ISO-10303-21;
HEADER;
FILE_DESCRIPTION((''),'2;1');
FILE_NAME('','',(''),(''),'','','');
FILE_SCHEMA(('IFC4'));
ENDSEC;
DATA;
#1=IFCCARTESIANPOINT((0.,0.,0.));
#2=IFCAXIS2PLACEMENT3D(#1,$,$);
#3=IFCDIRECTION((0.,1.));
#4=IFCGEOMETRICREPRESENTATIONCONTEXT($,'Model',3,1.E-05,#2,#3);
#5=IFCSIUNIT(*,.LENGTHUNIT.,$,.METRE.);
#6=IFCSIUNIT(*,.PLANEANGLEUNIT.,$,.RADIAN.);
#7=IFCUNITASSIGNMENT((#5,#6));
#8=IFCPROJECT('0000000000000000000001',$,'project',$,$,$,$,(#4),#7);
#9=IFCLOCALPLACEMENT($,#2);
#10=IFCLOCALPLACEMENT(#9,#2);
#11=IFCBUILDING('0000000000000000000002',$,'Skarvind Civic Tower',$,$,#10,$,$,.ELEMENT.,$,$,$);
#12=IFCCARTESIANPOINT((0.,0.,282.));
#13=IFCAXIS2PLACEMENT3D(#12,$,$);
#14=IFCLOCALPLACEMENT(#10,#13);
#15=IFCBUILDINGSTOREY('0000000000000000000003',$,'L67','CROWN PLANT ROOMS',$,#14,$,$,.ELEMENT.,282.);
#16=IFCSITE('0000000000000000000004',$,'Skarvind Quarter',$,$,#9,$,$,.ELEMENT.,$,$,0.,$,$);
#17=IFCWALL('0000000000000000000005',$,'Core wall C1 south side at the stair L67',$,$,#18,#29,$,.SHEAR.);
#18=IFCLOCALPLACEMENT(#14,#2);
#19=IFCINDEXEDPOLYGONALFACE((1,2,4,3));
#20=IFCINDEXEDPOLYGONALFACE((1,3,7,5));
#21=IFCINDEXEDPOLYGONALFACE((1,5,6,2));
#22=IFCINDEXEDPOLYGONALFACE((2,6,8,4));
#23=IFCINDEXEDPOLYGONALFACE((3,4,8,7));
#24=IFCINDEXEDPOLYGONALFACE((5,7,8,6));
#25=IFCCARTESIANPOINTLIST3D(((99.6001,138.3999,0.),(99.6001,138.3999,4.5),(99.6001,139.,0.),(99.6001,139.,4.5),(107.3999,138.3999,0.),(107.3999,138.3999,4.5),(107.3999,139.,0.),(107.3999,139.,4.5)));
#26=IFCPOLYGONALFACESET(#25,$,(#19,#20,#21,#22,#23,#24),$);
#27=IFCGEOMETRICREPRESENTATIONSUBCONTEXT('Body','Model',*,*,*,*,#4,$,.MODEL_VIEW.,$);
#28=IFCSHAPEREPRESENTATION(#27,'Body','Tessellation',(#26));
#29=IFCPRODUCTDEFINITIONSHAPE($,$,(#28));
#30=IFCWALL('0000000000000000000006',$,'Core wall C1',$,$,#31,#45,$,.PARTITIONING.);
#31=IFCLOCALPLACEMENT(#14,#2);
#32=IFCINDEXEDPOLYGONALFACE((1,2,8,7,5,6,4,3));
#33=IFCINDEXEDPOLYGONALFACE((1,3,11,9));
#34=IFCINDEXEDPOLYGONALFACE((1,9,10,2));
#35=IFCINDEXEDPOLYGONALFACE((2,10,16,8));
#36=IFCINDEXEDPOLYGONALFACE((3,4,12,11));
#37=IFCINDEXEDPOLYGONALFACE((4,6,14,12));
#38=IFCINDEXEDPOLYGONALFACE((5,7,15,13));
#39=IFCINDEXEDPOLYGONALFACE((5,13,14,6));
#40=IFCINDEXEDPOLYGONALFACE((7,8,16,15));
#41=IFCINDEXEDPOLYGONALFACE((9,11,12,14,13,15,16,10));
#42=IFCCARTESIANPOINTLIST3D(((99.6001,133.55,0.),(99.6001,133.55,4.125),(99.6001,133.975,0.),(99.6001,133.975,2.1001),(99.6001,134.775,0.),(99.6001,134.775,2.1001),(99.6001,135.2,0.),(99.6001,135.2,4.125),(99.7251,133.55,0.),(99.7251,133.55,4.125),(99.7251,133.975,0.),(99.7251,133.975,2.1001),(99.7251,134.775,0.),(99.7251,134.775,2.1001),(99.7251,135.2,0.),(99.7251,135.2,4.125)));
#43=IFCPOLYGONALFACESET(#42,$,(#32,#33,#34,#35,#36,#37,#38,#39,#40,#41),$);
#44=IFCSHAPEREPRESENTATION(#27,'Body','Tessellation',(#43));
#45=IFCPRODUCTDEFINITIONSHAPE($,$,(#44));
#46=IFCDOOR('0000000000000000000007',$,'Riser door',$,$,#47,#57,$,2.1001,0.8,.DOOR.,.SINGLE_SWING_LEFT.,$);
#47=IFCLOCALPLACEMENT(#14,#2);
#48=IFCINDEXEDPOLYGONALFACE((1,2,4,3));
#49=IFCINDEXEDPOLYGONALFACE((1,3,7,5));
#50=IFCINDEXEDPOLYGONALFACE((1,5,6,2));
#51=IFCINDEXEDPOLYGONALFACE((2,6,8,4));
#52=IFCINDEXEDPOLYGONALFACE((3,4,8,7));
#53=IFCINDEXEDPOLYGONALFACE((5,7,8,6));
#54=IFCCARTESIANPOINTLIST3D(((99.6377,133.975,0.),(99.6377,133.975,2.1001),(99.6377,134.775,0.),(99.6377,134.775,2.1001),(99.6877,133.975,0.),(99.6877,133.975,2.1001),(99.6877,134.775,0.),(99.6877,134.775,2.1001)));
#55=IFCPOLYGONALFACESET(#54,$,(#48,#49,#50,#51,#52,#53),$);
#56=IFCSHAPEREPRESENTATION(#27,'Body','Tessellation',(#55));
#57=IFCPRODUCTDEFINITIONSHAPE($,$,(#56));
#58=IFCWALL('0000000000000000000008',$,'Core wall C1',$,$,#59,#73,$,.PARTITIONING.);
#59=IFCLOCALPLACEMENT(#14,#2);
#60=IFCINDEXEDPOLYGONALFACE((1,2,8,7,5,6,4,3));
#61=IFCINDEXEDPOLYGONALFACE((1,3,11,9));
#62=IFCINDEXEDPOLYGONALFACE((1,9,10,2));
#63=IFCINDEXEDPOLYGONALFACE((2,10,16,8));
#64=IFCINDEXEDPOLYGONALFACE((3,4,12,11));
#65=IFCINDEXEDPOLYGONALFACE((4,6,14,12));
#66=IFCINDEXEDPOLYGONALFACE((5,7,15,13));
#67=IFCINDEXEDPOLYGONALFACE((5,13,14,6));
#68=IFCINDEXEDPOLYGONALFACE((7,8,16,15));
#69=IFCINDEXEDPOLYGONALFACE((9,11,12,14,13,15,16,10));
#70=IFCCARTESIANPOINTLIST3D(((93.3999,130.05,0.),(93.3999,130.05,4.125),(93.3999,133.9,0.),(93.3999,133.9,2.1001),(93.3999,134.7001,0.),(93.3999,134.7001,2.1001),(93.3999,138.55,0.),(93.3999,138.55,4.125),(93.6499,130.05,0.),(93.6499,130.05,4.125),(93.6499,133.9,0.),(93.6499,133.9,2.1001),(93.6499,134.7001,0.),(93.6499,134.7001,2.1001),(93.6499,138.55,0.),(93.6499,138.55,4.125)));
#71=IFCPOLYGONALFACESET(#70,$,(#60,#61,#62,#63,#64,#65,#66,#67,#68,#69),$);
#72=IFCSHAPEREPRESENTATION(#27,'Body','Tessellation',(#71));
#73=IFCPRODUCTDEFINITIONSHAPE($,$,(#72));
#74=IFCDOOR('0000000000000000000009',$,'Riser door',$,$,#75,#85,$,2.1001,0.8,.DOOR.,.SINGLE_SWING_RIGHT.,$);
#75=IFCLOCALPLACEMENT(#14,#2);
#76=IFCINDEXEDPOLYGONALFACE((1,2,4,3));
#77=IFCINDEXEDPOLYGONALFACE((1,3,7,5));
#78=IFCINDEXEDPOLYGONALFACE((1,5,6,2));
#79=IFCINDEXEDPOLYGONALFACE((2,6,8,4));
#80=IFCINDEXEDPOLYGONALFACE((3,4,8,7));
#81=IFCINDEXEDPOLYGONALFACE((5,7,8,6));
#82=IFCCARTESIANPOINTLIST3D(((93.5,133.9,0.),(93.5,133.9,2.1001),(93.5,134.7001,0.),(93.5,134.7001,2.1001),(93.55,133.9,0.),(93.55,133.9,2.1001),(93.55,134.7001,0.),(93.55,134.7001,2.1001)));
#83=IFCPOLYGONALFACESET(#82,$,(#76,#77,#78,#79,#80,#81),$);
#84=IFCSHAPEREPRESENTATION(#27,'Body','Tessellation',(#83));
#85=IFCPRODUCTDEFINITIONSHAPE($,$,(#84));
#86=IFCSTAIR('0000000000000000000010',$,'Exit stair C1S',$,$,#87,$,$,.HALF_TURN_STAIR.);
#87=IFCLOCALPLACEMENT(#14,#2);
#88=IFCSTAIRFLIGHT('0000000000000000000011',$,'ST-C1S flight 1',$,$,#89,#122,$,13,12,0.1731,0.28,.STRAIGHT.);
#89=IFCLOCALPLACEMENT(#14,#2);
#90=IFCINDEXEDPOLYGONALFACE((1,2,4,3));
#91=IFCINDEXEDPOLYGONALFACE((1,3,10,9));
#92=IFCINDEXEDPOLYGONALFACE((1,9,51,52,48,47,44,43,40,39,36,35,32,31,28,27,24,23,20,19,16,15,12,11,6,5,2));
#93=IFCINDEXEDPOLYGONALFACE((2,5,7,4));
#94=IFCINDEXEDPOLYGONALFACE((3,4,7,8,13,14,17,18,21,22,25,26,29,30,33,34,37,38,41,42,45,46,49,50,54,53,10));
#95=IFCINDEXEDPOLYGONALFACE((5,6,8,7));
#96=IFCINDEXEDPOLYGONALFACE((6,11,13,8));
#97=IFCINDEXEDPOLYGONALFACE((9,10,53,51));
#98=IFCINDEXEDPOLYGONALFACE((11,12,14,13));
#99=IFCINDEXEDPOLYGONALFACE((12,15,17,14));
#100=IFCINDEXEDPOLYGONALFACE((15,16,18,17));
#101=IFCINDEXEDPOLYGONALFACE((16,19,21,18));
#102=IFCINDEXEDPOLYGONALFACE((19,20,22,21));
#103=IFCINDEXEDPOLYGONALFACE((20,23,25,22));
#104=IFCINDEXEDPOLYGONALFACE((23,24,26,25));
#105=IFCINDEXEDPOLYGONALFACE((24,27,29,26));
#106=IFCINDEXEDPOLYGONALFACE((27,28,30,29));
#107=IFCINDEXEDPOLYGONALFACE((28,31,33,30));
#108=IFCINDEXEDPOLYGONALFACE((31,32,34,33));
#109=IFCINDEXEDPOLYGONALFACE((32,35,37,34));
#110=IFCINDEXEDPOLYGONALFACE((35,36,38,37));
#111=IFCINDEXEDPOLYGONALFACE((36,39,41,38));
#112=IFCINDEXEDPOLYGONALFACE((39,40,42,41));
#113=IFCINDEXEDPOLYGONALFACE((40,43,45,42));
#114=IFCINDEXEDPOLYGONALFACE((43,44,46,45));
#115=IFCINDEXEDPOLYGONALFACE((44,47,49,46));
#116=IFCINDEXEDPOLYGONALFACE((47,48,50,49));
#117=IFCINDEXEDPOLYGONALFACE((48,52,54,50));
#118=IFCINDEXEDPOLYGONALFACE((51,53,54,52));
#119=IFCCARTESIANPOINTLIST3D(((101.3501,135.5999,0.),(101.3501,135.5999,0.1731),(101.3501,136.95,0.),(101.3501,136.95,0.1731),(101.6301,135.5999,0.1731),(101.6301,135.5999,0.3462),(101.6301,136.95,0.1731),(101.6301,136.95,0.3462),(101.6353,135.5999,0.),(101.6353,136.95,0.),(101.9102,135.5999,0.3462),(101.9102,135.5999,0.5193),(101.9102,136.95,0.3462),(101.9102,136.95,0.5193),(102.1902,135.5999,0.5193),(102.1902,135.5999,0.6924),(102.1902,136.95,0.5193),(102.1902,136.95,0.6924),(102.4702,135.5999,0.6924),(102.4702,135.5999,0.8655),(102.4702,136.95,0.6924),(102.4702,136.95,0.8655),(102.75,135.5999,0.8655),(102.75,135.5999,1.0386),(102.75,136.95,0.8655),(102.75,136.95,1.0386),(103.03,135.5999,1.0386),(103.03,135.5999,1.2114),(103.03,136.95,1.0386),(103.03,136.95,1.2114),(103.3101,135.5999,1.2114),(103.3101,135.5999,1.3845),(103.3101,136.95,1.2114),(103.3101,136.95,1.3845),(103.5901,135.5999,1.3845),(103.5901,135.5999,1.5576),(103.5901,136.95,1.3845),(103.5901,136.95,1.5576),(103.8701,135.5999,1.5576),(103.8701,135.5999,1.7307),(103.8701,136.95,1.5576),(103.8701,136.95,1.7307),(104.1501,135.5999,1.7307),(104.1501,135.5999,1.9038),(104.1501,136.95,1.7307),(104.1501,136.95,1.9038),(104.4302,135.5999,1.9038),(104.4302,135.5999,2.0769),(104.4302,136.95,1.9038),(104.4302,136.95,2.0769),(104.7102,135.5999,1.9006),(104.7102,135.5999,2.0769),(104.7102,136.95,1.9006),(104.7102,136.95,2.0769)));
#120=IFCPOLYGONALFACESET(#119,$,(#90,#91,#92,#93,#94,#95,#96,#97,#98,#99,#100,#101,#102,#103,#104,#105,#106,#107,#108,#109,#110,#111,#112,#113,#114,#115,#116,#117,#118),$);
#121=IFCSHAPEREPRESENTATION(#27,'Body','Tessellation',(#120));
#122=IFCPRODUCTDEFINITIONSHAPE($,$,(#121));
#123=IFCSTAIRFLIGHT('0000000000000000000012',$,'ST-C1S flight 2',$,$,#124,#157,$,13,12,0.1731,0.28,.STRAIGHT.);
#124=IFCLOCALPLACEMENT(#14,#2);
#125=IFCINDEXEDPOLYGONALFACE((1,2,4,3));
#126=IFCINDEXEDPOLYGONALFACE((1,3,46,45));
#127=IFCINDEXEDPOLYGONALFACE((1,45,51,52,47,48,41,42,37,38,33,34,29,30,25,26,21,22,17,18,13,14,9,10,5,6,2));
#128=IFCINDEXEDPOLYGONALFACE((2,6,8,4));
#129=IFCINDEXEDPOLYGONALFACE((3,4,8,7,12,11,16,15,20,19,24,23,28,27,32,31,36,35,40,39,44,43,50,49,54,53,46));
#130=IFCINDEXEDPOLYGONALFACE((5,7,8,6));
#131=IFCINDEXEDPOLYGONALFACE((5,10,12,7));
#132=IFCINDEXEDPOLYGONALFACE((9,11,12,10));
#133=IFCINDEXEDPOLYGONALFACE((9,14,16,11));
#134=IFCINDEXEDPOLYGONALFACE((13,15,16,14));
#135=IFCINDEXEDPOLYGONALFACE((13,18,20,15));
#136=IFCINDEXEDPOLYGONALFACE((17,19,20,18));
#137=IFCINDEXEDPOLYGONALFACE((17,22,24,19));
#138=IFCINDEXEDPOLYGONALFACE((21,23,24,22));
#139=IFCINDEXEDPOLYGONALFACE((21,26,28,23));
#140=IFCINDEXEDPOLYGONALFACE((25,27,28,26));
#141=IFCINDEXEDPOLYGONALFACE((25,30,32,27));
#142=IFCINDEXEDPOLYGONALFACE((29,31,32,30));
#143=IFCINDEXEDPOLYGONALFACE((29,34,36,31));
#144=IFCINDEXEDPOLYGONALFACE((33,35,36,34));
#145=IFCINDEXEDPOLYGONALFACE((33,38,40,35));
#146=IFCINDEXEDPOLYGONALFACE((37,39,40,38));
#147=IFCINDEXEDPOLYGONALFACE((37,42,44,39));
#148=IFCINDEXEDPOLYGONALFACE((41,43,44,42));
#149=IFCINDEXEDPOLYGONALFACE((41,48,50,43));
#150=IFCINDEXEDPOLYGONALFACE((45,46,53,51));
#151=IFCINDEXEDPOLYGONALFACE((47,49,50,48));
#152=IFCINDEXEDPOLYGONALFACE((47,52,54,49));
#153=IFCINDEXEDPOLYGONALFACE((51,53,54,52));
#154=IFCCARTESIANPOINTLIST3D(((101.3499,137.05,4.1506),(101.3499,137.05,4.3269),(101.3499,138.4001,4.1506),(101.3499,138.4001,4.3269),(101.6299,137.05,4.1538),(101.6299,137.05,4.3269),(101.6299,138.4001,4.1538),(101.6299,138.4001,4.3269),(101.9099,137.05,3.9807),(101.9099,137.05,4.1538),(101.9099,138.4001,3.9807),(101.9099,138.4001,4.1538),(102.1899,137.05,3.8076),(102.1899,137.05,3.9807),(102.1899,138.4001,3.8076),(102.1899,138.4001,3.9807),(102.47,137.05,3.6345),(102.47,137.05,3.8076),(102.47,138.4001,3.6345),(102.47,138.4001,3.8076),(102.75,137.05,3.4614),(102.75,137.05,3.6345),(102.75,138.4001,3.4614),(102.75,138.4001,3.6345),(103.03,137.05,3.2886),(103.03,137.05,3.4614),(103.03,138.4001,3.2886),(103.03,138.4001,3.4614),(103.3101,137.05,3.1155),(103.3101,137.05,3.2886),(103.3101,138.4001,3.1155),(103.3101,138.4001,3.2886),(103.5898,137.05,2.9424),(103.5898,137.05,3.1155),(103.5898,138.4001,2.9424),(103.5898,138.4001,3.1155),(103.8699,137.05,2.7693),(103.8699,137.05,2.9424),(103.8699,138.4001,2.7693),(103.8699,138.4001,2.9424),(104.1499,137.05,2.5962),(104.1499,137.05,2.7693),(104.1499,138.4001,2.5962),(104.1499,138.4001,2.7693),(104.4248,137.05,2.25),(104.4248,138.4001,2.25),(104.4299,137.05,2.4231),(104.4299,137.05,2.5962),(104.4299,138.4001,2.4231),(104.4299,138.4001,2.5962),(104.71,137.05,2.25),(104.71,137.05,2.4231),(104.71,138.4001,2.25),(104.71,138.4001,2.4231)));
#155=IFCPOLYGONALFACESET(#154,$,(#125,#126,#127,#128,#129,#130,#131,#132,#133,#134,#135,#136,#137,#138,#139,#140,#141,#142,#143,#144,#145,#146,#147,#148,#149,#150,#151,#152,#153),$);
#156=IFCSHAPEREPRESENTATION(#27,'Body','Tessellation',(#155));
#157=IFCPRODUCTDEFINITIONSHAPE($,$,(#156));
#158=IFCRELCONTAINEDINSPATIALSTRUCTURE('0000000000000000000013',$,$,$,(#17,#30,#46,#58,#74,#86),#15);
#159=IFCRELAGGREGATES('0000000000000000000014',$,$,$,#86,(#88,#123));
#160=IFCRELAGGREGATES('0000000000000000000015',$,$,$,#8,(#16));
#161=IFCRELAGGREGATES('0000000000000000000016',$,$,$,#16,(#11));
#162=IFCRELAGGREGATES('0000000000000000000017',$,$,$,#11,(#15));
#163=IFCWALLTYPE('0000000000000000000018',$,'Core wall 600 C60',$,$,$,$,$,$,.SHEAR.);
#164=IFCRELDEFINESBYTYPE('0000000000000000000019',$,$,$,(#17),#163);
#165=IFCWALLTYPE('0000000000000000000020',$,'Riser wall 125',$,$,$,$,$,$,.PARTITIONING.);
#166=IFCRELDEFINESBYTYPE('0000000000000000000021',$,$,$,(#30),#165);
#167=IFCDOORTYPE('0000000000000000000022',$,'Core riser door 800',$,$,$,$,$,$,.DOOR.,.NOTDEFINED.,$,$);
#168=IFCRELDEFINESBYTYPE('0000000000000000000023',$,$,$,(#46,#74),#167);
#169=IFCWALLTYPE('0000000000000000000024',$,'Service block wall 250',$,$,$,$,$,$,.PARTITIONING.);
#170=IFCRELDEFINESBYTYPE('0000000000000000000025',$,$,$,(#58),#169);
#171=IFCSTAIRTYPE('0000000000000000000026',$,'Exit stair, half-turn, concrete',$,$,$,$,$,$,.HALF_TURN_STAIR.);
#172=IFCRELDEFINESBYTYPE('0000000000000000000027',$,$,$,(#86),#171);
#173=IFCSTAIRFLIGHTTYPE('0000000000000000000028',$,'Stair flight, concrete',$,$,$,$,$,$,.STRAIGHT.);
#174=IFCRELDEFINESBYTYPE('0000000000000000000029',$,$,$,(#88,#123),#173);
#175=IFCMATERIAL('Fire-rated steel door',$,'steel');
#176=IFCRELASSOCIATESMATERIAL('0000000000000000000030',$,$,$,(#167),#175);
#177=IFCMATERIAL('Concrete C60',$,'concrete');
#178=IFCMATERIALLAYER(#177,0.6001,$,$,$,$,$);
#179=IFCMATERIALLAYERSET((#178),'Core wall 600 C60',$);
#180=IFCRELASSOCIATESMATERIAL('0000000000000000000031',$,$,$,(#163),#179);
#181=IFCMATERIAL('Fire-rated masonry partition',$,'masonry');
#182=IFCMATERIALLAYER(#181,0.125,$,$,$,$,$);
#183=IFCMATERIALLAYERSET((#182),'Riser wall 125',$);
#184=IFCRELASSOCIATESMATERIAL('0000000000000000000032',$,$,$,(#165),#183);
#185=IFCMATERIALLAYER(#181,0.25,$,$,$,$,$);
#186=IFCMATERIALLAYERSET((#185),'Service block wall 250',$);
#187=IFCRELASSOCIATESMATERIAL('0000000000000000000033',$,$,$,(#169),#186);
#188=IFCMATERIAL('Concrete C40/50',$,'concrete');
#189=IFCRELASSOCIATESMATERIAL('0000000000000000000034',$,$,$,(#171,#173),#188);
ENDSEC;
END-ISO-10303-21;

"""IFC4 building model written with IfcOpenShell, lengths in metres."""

from ifc_helpers import new_model, si_unit, direction, frame, frame_2d, origin, place, context, subcontext, project, spatial, polyline, rectangle, outline, extrude, material, layer, layer_set, type_object, element, fill, aggregate, save


model = new_model("IFC4")

# Units and contexts
model_context = context("Model", 3, precision=1e-05, world=origin(), true_north=direction((0.0, 1.0)))
body_context = subcontext(model_context, "Body", "Model", "MODEL_VIEW")
ifc_project = project(units=[si_unit("LENGTHUNIT", "METRE"), si_unit("PLANEANGLEUNIT", "RADIAN")], contexts=[model_context])

# Site, building, storey
site_placement = place(None, origin())
site = spatial("IfcSite", under=ifc_project, at=site_placement, Name="Skarvind Quarter", CompositionType="ELEMENT", RefElevation=0.0)
building_placement = place(site_placement, origin())
building = spatial("IfcBuilding", under=site, at=building_placement, Name="Skarvind Civic Tower", CompositionType="ELEMENT")
storey_placement = place(building_placement, frame((0.0, 0.0, 282.0)))
storey = spatial("IfcBuildingStorey", under=building, at=storey_placement, Name="L67", Description="CROWN PLANT ROOMS", CompositionType="ELEMENT", Elevation=282.0)

# Shared definitions
ifc_material_1 = material(Name="Concrete C60", Category="concrete")

# Shared definitions
ifc_material_2 = material(Name="Fire-rated masonry partition", Category="masonry")
ifc_material_3 = material(Name="Fire-rated steel door", Category="steel")

# Shared definitions
door_type_1 = type_object("IfcDoorType", Name="Core riser door 800", OperationType="NOTDEFINED", PredefinedType="DOOR", material=ifc_material_3)

# Wall
ifc_layer_1 = layer(ifc_material_1, 0.6001)
ifc_layer_set_1 = layer_set([ifc_layer_1], Name="Core wall 600 C60")
wall_type_1 = type_object("IfcWallType", Name="Core wall 600 C60", PredefinedType="SHEAR", material=ifc_layer_set_1)
wall_1_placement = place(storey_placement, frame((107.3999, 138.7, 0.0), z_axis=(0.0, 0.0, 1.0), x_axis=(-1.0, 0.0, 0.0)))
element("IfcWall", 1, at=wall_1_placement, inside=storey, type_object=wall_type_1, Name="Core wall C1 south side at the stair L67", PredefinedType="SHEAR", context=body_context, shape_type="SweptSolid", body=[
    extrude(rectangle(XDim=7.7998, YDim=0.6001, at=frame_2d((3.8999, 0.0))), origin(), (0.0, 0.0, 1.0), 4.5),
])

# Walls, openings, doors
ifc_layer_2 = layer(ifc_material_2, 0.125)
ifc_layer_set_2 = layer_set([ifc_layer_2], Name="Riser wall 125")
wall_type_2 = type_object("IfcWallType", Name="Riser wall 125", PredefinedType="PARTITIONING", material=ifc_layer_set_2)
wall_2_placement = place(storey_placement, frame((99.6626, 133.55, 0.0), z_axis=(0.0, 0.0, 1.0), x_axis=(0.0, 1.0, 0.0)))
wall_2 = element("IfcWall", 2, at=wall_2_placement, inside=storey, type_object=wall_type_2, Name="Core wall C1", PredefinedType="PARTITIONING", context=body_context, shape_type="SweptSolid", body=[
    extrude(rectangle(XDim=1.6499, YDim=0.125, at=frame_2d((0.825, 0.0))), origin(), (0.0, 0.0, 1.0), 4.125),
])
opening_1_placement = place(wall_2_placement, frame((0.425, 0.0, 0.0)))
opening_1 = element("IfcOpeningElement", 3, at=opening_1_placement, cuts=wall_2, PredefinedType="OPENING", context=body_context, shape_type="SweptSolid", body=[
    extrude(rectangle(XDim=0.8, YDim=2.1001, at=frame_2d((0.3999, 1.05))), frame((0.0, 0.0725, 0.0), z_axis=(0.0, -1.0, 0.0), x_axis=(1.0, 0.0, 0.0)), (0.0, 0.0, 1.0), 0.145),
])
door_1_placement = place(opening_1_placement, origin())
door_1 = element("IfcDoor", 4, at=door_1_placement, inside=storey, type_object=door_type_1, Name="Riser door", OperationType="SINGLE_SWING_LEFT", OverallHeight=2.1001, OverallWidth=0.8, PredefinedType="DOOR", context=body_context, shape_type="SweptSolid", body=[
    extrude(rectangle(XDim=0.8, YDim=2.1001, at=frame_2d((0.3999, 1.05))), frame((0.0, 0.0249, 0.0), z_axis=(0.0, -1.0, 0.0), x_axis=(1.0, 0.0, 0.0)), (0.0, 0.0, 1.0), 0.05),
])
fill(opening_1, door_1)
ifc_layer_3 = layer(ifc_material_2, 0.25)
ifc_layer_set_3 = layer_set([ifc_layer_3], Name="Service block wall 250")
wall_type_3 = type_object("IfcWallType", Name="Service block wall 250", PredefinedType="PARTITIONING", material=ifc_layer_set_3)
wall_3_placement = place(storey_placement, frame((93.5249, 130.05, 0.0), z_axis=(0.0, 0.0, 1.0), x_axis=(0.0, 1.0, 0.0)))
wall_3 = element("IfcWall", 5, at=wall_3_placement, inside=storey, type_object=wall_type_3, Name="Core wall C1", PredefinedType="PARTITIONING", context=body_context, shape_type="SweptSolid", body=[
    extrude(rectangle(XDim=8.5, YDim=0.25, at=frame_2d((4.25, 0.0))), origin(), (0.0, 0.0, 1.0), 4.125),
])
opening_2_placement = place(wall_3_placement, frame((3.8501, 0.0, 0.0)))
opening_2 = element("IfcOpeningElement", 6, at=opening_2_placement, cuts=wall_3, PredefinedType="OPENING", context=body_context, shape_type="SweptSolid", body=[
    extrude(rectangle(XDim=0.8, YDim=2.1001, at=frame_2d((0.3999, 1.05))), frame((0.0, 0.135, 0.0), z_axis=(0.0, -1.0, 0.0), x_axis=(1.0, 0.0, 0.0)), (0.0, 0.0, 1.0), 0.27),
])
door_2_placement = place(opening_2_placement, origin())
door_2 = element("IfcDoor", 7, at=door_2_placement, inside=storey, type_object=door_type_1, Name="Riser door", OperationType="SINGLE_SWING_RIGHT", OverallHeight=2.1001, OverallWidth=0.8, PredefinedType="DOOR", context=body_context, shape_type="SweptSolid", body=[
    extrude(rectangle(XDim=0.8, YDim=2.1001, at=frame_2d((0.3999, 1.05))), frame((0.0, 0.0249, 0.0), z_axis=(0.0, -1.0, 0.0), x_axis=(1.0, 0.0, 0.0)), (0.0, 0.0, 1.0), 0.05),
])
fill(opening_2, door_2)

# Stair, stair flights
ifc_material_4 = material(Name="Concrete C40/50", Category="concrete")
stair_type = type_object("IfcStairType", Name="Exit stair, half-turn, concrete", PredefinedType="HALF_TURN_STAIR", material=ifc_material_4)
stair_placement = place(storey_placement, origin())
stair = element("IfcStair", 8, at=stair_placement, inside=storey, type_object=stair_type, Name="Exit stair C1S", PredefinedType="HALF_TURN_STAIR")
stair_flight_type = type_object("IfcStairFlightType", Name="Stair flight, concrete", PredefinedType="STRAIGHT", material=ifc_material_4)
stair_flight_1_placement = place(storey_placement, frame((101.3501, 136.2749, 0.0), z_axis=(0.0, 0.0, 1.0), x_axis=(1.0, 0.0, 0.0)))
stair_flight_1 = element("IfcStairFlight", 9, at=stair_flight_1_placement, type_object=stair_flight_type, Name="ST-C1S flight 1", NumberOfRisers=13, NumberOfTreads=12, PredefinedType="STRAIGHT", RiserHeight=0.1731, TreadLength=0.28, context=body_context, shape_type="SweptSolid", body=[
    extrude(outline(polyline([(0.0, 0.0), (0.0, 0.1731), (0.28, 0.1731), (0.28, 0.3462), (0.5601, 0.3462), (0.5601, 0.5193), (0.8401, 0.5193), (0.8401, 0.6924), (1.1201, 0.6924), (1.1201, 0.8655), (1.3999, 0.8655), (1.3999, 1.0386), (1.6799, 1.0386), (1.6799, 1.2114), (1.96, 1.2114), (1.96, 1.3845), (2.24, 1.3845), (2.24, 1.5576), (2.52, 1.5576), (2.52, 1.7307), (2.8, 1.7307), (2.8, 1.9038), (3.0801, 1.9038), (3.0801, 2.0769), (3.3601, 2.0769), (3.3601, 2.25), (3.3601, 1.9006), (0.2852, 0.0), (0.0, 0.0)])), frame((0.0, 0.675, 0.0), z_axis=(0.0, -1.0, 0.0), x_axis=(1.0, 0.0, 0.0)), (0.0, 0.0, 1.0), 1.3501),
])
stair_flight_2_placement = place(storey_placement, frame((104.71, 137.7251, 2.25), z_axis=(0.0, 0.0, 1.0), x_axis=(-1.0, 0.0, 0.0)))
stair_flight_2 = element("IfcStairFlight", 10, at=stair_flight_2_placement, type_object=stair_flight_type, Name="ST-C1S flight 2", NumberOfRisers=13, NumberOfTreads=12, PredefinedType="STRAIGHT", RiserHeight=0.1731, TreadLength=0.28, context=body_context, shape_type="SweptSolid", body=[
    extrude(outline(polyline([(0.0, 0.0), (0.0, 0.1731), (0.28, 0.1731), (0.28, 0.3462), (0.5601, 0.3462), (0.5601, 0.5193), (0.8401, 0.5193), (0.8401, 0.6924), (1.1201, 0.6924), (1.1201, 0.8655), (1.3999, 0.8655), (1.3999, 1.0386), (1.6799, 1.0386), (1.6799, 1.2114), (1.96, 1.2114), (1.96, 1.3845), (2.24, 1.3845), (2.24, 1.5576), (2.52, 1.5576), (2.52, 1.7307), (2.8, 1.7307), (2.8, 1.9038), (3.0801, 1.9038), (3.0801, 2.0769), (3.3601, 2.0769), (3.3601, 2.25), (3.3601, 1.9006), (0.2852, 0.0), (0.0, 0.0)])), frame((0.0, 0.675, 0.0), z_axis=(0.0, -1.0, 0.0), x_axis=(1.0, 0.0, 0.0)), (0.0, 0.0, 1.0), 1.3501),
])
aggregate(stair, [stair_flight_1, stair_flight_2])

save(model, "model.ifc")
